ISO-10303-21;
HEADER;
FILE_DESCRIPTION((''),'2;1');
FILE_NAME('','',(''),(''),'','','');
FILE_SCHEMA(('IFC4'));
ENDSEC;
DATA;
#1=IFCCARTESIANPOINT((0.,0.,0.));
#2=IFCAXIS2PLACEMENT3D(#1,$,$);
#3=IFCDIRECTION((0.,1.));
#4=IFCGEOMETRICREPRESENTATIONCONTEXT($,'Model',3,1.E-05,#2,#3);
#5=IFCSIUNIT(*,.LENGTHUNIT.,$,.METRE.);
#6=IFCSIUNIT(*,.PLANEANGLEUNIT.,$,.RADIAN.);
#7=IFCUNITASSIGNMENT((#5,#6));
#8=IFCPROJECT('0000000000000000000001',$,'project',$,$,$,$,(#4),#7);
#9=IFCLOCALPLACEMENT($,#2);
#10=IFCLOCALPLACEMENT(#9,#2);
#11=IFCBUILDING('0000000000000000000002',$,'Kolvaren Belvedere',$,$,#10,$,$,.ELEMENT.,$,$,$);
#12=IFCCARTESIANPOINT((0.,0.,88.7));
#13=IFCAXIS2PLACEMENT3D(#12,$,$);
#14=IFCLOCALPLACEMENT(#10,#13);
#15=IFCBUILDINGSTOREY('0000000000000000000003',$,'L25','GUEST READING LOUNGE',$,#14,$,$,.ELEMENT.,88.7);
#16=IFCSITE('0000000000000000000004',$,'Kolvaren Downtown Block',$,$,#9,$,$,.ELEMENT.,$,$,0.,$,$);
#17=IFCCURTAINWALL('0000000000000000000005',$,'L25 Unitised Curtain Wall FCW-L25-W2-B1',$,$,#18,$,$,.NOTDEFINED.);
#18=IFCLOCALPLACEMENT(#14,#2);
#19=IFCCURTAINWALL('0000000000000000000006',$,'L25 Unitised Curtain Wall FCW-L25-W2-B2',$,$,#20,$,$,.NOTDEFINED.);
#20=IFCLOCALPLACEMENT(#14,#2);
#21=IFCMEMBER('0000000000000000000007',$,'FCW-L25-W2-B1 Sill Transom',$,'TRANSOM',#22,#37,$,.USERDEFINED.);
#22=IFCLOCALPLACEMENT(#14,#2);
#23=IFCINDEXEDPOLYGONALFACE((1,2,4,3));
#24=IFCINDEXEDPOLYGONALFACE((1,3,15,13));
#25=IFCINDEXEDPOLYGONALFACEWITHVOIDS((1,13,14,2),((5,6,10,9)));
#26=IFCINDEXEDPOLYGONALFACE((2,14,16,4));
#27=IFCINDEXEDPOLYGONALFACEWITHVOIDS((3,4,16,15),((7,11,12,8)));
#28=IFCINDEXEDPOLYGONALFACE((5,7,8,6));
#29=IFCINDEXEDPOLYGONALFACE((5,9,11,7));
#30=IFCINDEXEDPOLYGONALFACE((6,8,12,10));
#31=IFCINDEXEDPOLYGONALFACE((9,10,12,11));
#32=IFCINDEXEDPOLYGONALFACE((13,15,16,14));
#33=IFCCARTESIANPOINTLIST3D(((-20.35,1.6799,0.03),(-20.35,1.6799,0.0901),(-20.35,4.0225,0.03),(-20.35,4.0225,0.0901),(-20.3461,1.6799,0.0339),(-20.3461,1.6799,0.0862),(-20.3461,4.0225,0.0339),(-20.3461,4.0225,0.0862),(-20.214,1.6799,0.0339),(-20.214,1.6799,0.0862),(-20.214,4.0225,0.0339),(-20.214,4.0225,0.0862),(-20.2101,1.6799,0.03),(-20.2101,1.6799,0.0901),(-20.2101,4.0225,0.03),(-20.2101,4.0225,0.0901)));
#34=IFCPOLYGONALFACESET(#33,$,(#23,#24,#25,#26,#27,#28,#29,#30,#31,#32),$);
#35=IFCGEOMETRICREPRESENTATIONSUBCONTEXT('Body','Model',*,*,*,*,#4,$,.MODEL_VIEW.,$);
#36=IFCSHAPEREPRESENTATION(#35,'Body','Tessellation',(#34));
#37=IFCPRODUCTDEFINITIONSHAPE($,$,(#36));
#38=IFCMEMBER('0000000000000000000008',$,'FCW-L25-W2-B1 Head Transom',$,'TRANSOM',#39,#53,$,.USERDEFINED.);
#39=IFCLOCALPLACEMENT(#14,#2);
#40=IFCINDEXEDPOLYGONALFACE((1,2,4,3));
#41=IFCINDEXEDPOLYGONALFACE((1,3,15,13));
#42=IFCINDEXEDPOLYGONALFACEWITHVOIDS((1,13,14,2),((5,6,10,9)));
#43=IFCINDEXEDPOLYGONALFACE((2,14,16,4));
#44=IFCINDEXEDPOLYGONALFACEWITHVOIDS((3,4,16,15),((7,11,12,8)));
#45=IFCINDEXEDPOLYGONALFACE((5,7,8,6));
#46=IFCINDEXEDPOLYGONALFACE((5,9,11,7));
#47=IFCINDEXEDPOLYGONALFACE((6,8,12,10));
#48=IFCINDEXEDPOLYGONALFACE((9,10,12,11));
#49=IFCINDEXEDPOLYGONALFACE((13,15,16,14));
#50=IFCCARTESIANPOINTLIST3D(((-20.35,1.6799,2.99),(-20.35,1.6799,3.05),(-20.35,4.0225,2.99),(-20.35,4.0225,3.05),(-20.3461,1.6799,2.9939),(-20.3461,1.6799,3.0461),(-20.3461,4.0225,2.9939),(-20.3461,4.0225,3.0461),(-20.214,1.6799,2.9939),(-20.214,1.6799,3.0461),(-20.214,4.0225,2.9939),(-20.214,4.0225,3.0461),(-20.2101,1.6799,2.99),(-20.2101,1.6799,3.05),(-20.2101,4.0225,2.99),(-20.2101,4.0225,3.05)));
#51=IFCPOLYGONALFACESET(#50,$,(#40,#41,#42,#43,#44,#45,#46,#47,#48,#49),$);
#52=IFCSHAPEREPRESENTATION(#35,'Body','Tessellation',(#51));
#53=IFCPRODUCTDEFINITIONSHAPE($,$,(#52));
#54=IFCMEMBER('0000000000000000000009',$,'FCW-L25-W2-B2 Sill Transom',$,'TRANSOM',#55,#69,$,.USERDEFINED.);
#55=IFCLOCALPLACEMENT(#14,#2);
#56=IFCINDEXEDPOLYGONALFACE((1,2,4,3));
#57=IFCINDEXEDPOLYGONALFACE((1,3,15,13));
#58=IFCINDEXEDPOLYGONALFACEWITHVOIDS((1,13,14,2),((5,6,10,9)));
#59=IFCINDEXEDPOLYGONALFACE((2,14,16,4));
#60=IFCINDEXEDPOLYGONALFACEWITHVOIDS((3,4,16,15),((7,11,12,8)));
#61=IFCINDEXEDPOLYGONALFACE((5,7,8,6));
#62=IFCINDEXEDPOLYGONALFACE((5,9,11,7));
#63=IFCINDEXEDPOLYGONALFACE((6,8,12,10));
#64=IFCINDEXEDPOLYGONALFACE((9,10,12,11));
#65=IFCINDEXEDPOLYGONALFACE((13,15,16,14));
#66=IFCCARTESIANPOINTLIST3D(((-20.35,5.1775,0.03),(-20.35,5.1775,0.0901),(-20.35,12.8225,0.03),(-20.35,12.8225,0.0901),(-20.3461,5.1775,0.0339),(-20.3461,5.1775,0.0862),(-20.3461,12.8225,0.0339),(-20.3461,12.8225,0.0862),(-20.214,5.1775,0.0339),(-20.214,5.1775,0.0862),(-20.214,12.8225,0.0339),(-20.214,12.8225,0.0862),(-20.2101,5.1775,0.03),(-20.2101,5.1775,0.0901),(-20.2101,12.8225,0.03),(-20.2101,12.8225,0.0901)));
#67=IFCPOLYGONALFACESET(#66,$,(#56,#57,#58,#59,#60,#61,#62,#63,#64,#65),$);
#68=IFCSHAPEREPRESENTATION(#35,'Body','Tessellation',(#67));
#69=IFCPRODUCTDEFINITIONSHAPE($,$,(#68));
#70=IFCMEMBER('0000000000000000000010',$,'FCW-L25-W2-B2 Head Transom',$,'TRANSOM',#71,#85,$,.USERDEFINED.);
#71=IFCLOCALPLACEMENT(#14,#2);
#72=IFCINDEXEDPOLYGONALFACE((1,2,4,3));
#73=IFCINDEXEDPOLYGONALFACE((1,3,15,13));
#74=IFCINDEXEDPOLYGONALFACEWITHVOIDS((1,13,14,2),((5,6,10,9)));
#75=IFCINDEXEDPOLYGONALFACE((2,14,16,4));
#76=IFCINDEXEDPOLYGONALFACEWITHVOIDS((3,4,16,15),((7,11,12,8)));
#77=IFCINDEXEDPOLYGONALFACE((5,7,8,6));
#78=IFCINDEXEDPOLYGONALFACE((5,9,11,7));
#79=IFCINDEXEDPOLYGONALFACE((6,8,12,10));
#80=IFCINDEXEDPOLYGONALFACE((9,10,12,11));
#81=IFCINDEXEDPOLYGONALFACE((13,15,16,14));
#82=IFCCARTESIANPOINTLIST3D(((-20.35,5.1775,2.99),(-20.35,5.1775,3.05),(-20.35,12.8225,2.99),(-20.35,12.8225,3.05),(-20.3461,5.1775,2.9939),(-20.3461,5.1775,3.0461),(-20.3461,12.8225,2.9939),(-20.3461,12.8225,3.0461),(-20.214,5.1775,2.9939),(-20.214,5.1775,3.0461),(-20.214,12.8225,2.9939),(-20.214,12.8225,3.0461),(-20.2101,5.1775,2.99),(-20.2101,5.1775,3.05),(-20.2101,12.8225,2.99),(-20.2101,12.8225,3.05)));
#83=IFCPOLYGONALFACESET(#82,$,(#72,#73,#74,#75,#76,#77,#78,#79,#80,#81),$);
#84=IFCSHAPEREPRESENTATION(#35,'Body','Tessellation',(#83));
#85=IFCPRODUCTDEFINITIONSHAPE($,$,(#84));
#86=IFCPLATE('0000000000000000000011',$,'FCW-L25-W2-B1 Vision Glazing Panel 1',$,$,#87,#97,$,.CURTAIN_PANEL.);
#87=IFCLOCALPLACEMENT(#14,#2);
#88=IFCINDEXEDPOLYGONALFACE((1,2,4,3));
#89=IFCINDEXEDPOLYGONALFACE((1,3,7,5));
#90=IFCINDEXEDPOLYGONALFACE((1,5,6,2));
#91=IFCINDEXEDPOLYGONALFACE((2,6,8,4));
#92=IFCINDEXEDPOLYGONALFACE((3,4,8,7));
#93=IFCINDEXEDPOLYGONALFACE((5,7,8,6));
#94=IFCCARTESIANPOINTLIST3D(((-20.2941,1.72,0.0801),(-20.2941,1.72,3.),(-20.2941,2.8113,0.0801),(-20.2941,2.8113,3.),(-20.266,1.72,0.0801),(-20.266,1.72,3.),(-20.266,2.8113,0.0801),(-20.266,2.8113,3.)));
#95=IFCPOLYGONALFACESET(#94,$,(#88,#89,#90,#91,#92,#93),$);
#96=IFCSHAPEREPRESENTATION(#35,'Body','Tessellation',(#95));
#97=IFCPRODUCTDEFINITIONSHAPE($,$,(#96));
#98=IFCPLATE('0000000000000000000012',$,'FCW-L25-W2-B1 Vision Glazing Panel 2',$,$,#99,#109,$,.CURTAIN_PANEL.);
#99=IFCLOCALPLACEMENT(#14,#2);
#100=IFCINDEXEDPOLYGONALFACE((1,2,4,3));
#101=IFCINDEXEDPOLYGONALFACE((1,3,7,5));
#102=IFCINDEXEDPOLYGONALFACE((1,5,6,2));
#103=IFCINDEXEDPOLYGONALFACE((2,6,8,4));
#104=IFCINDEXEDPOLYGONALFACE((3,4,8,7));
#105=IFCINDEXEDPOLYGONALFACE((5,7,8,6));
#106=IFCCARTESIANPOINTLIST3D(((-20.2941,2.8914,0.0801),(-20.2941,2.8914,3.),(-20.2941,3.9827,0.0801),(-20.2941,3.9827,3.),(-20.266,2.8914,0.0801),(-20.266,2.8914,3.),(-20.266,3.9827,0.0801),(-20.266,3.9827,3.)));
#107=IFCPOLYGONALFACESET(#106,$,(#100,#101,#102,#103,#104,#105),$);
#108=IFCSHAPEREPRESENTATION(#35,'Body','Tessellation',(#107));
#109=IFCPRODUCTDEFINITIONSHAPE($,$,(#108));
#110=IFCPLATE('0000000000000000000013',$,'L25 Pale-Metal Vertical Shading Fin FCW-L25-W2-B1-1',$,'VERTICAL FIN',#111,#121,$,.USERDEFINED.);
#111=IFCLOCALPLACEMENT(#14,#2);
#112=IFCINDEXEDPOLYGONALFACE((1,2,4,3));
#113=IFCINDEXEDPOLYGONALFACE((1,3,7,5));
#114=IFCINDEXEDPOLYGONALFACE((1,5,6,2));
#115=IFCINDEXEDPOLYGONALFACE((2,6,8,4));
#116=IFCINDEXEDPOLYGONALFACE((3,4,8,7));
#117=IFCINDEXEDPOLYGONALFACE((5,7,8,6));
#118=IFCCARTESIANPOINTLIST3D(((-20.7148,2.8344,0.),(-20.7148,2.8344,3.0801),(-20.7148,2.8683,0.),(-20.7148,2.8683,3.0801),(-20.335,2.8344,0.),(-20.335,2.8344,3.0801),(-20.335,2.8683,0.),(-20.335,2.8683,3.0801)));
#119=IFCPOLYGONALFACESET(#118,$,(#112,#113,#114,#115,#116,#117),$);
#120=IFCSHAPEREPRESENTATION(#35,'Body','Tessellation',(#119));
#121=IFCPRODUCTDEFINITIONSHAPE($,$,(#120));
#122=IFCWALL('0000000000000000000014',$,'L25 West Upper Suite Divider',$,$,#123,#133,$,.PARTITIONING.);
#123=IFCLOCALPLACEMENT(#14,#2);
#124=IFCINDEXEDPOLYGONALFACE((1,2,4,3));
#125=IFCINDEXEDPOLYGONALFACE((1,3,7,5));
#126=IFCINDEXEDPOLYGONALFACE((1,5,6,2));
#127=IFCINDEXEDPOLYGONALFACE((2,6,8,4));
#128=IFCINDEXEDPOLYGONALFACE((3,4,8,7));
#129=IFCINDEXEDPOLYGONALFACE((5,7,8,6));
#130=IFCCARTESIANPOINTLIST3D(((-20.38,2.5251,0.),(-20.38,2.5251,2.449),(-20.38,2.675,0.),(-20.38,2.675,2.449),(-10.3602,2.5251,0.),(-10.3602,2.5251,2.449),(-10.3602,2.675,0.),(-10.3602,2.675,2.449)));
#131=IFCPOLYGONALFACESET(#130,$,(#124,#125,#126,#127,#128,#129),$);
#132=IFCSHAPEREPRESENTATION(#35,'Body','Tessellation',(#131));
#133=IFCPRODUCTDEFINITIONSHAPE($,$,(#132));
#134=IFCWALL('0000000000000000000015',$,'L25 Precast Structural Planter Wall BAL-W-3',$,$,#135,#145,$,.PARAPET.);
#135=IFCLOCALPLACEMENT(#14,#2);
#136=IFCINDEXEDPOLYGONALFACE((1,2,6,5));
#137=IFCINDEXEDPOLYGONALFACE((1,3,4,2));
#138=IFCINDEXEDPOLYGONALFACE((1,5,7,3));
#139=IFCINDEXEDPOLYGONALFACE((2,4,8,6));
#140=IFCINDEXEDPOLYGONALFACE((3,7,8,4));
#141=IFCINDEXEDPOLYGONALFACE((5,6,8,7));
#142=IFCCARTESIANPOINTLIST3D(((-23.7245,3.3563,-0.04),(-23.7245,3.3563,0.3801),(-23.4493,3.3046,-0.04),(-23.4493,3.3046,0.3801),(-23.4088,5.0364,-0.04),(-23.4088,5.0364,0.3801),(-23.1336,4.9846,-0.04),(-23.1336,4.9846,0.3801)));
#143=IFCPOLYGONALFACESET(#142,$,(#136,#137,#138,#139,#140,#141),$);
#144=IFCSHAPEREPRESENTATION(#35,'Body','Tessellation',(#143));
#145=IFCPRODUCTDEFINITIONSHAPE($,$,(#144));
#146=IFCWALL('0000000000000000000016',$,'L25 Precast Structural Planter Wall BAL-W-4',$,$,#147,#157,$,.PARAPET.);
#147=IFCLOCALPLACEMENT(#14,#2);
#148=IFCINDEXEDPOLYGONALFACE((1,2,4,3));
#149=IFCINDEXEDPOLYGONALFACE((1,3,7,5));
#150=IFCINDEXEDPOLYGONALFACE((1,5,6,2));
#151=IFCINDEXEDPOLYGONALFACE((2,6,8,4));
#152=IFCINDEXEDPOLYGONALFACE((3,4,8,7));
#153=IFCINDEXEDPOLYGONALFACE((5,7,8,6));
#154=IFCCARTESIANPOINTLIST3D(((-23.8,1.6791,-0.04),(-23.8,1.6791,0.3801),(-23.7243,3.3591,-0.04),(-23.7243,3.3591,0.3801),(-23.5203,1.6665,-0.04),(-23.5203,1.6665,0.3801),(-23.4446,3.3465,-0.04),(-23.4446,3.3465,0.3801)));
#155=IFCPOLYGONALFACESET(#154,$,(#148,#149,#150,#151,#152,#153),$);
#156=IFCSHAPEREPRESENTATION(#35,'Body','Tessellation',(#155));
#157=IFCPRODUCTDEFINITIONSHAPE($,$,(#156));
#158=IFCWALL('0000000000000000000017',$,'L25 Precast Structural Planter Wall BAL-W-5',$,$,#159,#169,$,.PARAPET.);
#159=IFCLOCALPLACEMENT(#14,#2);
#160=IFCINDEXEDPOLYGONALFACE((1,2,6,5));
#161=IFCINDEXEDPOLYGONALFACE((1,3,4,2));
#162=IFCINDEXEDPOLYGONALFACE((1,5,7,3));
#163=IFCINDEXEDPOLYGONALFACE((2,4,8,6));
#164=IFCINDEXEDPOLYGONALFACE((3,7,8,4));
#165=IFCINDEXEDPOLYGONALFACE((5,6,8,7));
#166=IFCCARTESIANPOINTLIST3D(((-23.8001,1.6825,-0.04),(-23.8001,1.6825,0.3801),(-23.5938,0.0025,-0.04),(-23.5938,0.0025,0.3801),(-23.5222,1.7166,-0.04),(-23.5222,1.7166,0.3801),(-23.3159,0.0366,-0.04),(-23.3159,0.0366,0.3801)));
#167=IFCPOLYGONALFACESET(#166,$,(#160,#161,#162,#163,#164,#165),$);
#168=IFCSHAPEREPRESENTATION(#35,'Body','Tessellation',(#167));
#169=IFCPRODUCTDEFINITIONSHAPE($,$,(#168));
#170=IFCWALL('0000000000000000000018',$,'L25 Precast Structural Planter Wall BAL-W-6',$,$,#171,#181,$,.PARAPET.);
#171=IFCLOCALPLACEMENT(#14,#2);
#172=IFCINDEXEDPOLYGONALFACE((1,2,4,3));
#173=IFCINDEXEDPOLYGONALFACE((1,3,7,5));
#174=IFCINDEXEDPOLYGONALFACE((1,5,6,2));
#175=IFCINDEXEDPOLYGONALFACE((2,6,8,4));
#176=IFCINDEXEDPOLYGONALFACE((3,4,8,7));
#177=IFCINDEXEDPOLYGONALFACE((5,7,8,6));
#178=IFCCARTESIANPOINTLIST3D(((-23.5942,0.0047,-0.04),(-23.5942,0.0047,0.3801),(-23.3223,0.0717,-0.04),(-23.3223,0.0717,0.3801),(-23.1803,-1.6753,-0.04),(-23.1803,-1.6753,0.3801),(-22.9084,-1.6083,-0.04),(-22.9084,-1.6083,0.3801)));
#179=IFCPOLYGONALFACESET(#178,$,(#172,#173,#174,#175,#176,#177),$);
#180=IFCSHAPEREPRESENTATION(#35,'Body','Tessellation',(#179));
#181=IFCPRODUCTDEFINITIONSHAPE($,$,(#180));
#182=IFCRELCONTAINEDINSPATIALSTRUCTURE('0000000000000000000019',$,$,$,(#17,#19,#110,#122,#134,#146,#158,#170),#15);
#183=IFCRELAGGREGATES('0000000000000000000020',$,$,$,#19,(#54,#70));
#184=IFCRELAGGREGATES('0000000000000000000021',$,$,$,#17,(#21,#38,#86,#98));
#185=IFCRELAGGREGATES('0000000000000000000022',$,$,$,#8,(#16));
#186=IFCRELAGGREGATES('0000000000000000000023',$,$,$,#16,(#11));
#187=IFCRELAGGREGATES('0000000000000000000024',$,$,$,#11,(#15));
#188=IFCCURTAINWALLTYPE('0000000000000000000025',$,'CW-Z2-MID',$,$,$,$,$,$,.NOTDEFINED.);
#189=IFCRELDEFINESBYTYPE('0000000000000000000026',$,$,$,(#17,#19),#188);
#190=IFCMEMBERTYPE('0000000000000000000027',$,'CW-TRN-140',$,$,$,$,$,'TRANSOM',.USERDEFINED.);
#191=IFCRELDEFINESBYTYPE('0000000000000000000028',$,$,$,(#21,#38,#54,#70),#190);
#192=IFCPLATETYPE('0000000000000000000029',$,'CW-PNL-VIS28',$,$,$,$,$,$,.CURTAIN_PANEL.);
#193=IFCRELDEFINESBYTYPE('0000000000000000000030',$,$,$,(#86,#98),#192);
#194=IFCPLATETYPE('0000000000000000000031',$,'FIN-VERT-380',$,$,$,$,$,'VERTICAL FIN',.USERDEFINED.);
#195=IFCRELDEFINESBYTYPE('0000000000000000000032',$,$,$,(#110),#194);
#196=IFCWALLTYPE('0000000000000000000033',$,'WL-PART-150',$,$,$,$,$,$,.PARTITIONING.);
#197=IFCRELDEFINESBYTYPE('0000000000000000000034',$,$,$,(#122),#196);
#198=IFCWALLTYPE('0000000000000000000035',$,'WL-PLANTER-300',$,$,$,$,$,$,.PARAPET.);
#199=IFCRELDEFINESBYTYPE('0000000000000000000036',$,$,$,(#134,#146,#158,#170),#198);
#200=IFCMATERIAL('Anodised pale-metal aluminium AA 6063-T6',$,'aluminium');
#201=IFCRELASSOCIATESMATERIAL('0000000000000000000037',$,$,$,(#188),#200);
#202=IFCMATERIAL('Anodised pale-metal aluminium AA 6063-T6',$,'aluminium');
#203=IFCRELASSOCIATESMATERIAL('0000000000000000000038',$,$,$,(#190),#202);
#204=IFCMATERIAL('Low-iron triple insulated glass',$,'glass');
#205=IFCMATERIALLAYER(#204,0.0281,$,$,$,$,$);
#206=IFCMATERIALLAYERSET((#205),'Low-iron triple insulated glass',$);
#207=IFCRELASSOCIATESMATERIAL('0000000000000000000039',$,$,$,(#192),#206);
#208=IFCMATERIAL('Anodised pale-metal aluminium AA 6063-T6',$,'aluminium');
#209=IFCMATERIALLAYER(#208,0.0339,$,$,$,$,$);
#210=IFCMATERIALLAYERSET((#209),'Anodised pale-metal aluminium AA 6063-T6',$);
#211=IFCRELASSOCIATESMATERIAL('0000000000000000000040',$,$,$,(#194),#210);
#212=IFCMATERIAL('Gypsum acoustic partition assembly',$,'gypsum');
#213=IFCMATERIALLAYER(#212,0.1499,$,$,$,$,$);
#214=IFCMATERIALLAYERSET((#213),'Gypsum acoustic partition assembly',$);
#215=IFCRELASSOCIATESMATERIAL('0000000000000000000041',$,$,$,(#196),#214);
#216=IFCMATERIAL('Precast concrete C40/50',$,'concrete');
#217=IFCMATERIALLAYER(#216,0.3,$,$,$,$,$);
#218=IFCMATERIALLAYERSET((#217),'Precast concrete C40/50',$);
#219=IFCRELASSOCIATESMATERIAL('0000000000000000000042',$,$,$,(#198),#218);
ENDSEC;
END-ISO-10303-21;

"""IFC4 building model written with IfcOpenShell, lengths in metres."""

from ifc_helpers import new_model, si_unit, direction, frame, frame_2d, origin, origin_2d, place, context, subcontext, project, spatial, rectangle, hollow_rectangle, extrude, material, layer, layer_set, material_profile, profile_set, type_object, element, aggregate, save


model = new_model("IFC4")

# Units and contexts
model_context = context("Model", 3, precision=1e-05, world=origin(), true_north=direction((0.0, 1.0)))
body_context = subcontext(model_context, "Body", "Model", "MODEL_VIEW")
ifc_project = project(units=[si_unit("LENGTHUNIT", "METRE"), si_unit("PLANEANGLEUNIT", "RADIAN")], contexts=[model_context])

# Site, building, storey
site_placement = place(None, origin())
site = spatial("IfcSite", under=ifc_project, at=site_placement, Name="Kolvaren Downtown Block", CompositionType="ELEMENT", RefElevation=0.0)
building_placement = place(site_placement, origin())
building = spatial("IfcBuilding", under=site, at=building_placement, Name="Kolvaren Belvedere", CompositionType="ELEMENT")
storey_placement = place(building_placement, frame((0.0, 0.0, 88.7)))
storey = spatial("IfcBuildingStorey", under=building, at=storey_placement, Name="L25", Description="GUEST READING LOUNGE", CompositionType="ELEMENT", Elevation=88.7)

# Curtain wall
ifc_material_1 = material(Name="Anodised pale-metal aluminium AA 6063-T6", Category="aluminium")
curtain_wall_type = type_object("IfcCurtainWallType", Name="CW-Z2-MID", PredefinedType="NOTDEFINED", material=ifc_material_1)
curtain_wall_1_placement = place(storey_placement, origin())
curtain_wall_1 = element("IfcCurtainWall", 1, at=curtain_wall_1_placement, inside=storey, type_object=curtain_wall_type, Name="L25 Unitised Curtain Wall FCW-L25-W2-B1", PredefinedType="NOTDEFINED")

# Curtain wall
curtain_wall_2_placement = place(storey_placement, origin())
curtain_wall_2 = element("IfcCurtainWall", 2, at=curtain_wall_2_placement, inside=storey, type_object=curtain_wall_type, Name="L25 Unitised Curtain Wall FCW-L25-W2-B2", PredefinedType="NOTDEFINED")

# Members
ifc_material_2 = material(Name="Anodised pale-metal aluminium AA 6063-T6", Category="aluminium")
ifc_material_profile_1 = material_profile(ifc_material_2, hollow_rectangle(XDim=0.0601, YDim=0.1399, WallThickness=0.0039, at=origin_2d()), Name="ALU-TRN-140X60")
ifc_profile_set_1 = profile_set([ifc_material_profile_1], Name="Anodised pale-metal aluminium AA 6063-T6")
member_type_1 = type_object("IfcMemberType", Name="CW-TRN-140", ElementType="TRANSOM", PredefinedType="USERDEFINED", material=ifc_profile_set_1)
member_1_placement = place(storey_placement, frame((-20.28, 1.6799, 0.0601), z_axis=(0.0, 1.0, 0.0), x_axis=(0.0, 0.0, 1.0)))
member_1 = element("IfcMember", 3, at=member_1_placement, type_object=member_type_1, Name="FCW-L25-W2-B1 Sill Transom", ObjectType="TRANSOM", PredefinedType="USERDEFINED", context=body_context, shape_type="SweptSolid", body=[
    extrude(hollow_rectangle(XDim=0.0601, YDim=0.1399, WallThickness=0.0039, at=origin_2d()), origin(), (0.0, 0.0, 1.0), 2.3425),
])
member_2_placement = place(storey_placement, frame((-20.28, 1.6799, 3.02), z_axis=(0.0, 1.0, 0.0), x_axis=(0.0, 0.0, 1.0)))
member_2 = element("IfcMember", 4, at=member_2_placement, type_object=member_type_1, Name="FCW-L25-W2-B1 Head Transom", ObjectType="TRANSOM", PredefinedType="USERDEFINED", context=body_context, shape_type="SweptSolid", body=[
    extrude(hollow_rectangle(XDim=0.0601, YDim=0.1399, WallThickness=0.0039, at=origin_2d()), origin(), (0.0, 0.0, 1.0), 2.3425),
])
member_3_placement = place(storey_placement, frame((-20.28, 5.1775, 0.0601), z_axis=(0.0, 1.0, 0.0), x_axis=(0.0, 0.0, 1.0)))
member_3 = element("IfcMember", 5, at=member_3_placement, type_object=member_type_1, Name="FCW-L25-W2-B2 Sill Transom", ObjectType="TRANSOM", PredefinedType="USERDEFINED", context=body_context, shape_type="SweptSolid", body=[
    extrude(hollow_rectangle(XDim=0.0601, YDim=0.1399, WallThickness=0.0039, at=origin_2d()), origin(), (0.0, 0.0, 1.0), 7.645),
])
member_4_placement = place(storey_placement, frame((-20.28, 5.1775, 3.02), z_axis=(0.0, 1.0, 0.0), x_axis=(0.0, 0.0, 1.0)))
member_4 = element("IfcMember", 6, at=member_4_placement, type_object=member_type_1, Name="FCW-L25-W2-B2 Head Transom", ObjectType="TRANSOM", PredefinedType="USERDEFINED", context=body_context, shape_type="SweptSolid", body=[
    extrude(hollow_rectangle(XDim=0.0601, YDim=0.1399, WallThickness=0.0039, at=origin_2d()), origin(), (0.0, 0.0, 1.0), 7.645),
])
aggregate(curtain_wall_2, [member_3, member_4])

# Plates
ifc_material_3 = material(Name="Low-iron triple insulated glass", Category="glass")
ifc_layer_1 = layer(ifc_material_3, 0.0281)
ifc_layer_set_1 = layer_set([ifc_layer_1], Name="Low-iron triple insulated glass")
plate_type_1 = type_object("IfcPlateType", Name="CW-PNL-VIS28", PredefinedType="CURTAIN_PANEL", material=ifc_layer_set_1)
plate_1_placement = place(storey_placement, frame((-20.28, 2.2656, 0.0801), z_axis=(0.0, 0.0, 1.0), x_axis=(0.0, 1.0, 0.0)))
plate_1 = element("IfcPlate", 7, at=plate_1_placement, type_object=plate_type_1, Name="FCW-L25-W2-B1 Vision Glazing Panel 1", PredefinedType="CURTAIN_PANEL", context=body_context, shape_type="SweptSolid", body=[
    extrude(rectangle(XDim=1.0913, YDim=0.0281, at=origin_2d()), origin(), (0.0, 0.0, 1.0), 2.9199),
])
plate_2_placement = place(storey_placement, frame((-20.28, 3.437, 0.0801), z_axis=(0.0, 0.0, 1.0), x_axis=(0.0, 1.0, 0.0)))
plate_2 = element("IfcPlate", 8, at=plate_2_placement, type_object=plate_type_1, Name="FCW-L25-W2-B1 Vision Glazing Panel 2", PredefinedType="CURTAIN_PANEL", context=body_context, shape_type="SweptSolid", body=[
    extrude(rectangle(XDim=1.0913, YDim=0.0281, at=origin_2d()), origin(), (0.0, 0.0, 1.0), 2.9199),
])
aggregate(curtain_wall_1, [member_1, member_2, plate_1, plate_2])
ifc_material_4 = material(Name="Anodised pale-metal aluminium AA 6063-T6", Category="aluminium")
ifc_layer_2 = layer(ifc_material_4, 0.0339)
ifc_layer_set_2 = layer_set([ifc_layer_2], Name="Anodised pale-metal aluminium AA 6063-T6")
plate_type_2 = type_object("IfcPlateType", Name="FIN-VERT-380", ElementType="VERTICAL FIN", PredefinedType="USERDEFINED", material=ifc_layer_set_2)
plate_3_placement = place(storey_placement, frame((-20.5249, 2.8513, 0.0), z_axis=(0.0, 0.0, 1.0), x_axis=(1.0, 0.0, 0.0)))
element("IfcPlate", 9, at=plate_3_placement, inside=storey, type_object=plate_type_2, Name="L25 Pale-Metal Vertical Shading Fin FCW-L25-W2-B1-1", ObjectType="VERTICAL FIN", PredefinedType="USERDEFINED", context=body_context, shape_type="SweptSolid", body=[
    extrude(rectangle(XDim=0.3799, YDim=0.0339, at=origin_2d()), origin(), (0.0, 0.0, 1.0), 3.0801),
])

# Walls
ifc_material_5 = material(Name="Gypsum acoustic partition assembly", Category="gypsum")
ifc_layer_3 = layer(ifc_material_5, 0.1499)
ifc_layer_set_3 = layer_set([ifc_layer_3], Name="Gypsum acoustic partition assembly")
wall_type_1 = type_object("IfcWallType", Name="WL-PART-150", PredefinedType="PARTITIONING", material=ifc_layer_set_3)
wall_1_placement = place(storey_placement, frame((-20.3799, 2.6001, 0.0), z_axis=(0.0, 0.0, 1.0), x_axis=(1.0, 0.0, 0.0)))
element("IfcWall", 10, at=wall_1_placement, inside=storey, type_object=wall_type_1, Name="L25 West Upper Suite Divider", PredefinedType="PARTITIONING", context=body_context, shape_type="SweptSolid", body=[
    extrude(rectangle(XDim=10.0198, YDim=0.1499, at=frame_2d((5.0098, 0.0))), origin(), (0.0, 0.0, 1.0), 2.449),
])
ifc_material_6 = material(Name="Precast concrete C40/50", Category="concrete")
ifc_layer_4 = layer(ifc_material_6, 0.3)
ifc_layer_set_4 = layer_set([ifc_layer_4], Name="Precast concrete C40/50")
wall_type_2 = type_object("IfcWallType", Name="WL-PLANTER-300", PredefinedType="PARAPET", material=ifc_layer_set_4)
wall_2_placement = place(storey_placement, frame((-23.2712, 5.0105, -0.04), z_axis=(0.0, 0.0, 1.0), x_axis=(-0.184651, -0.982804, 0.0)))
element("IfcWall", 11, at=wall_2_placement, inside=storey, type_object=wall_type_2, Name="L25 Precast Structural Planter Wall BAL-W-3", PredefinedType="PARAPET", context=body_context, shape_type="SweptSolid", body=[
    extrude(rectangle(XDim=1.7095, YDim=0.28, at=frame_2d((0.8547, 0.0))), origin(), (0.0, 0.0, 1.0), 0.4202),
])
wall_3_placement = place(storey_placement, frame((-23.5845, 3.3528, -0.04), z_axis=(0.0, 0.0, 1.0), x_axis=(-0.045006, -0.998987, 0.0)))
element("IfcWall", 12, at=wall_3_placement, inside=storey, type_object=wall_type_2, Name="L25 Precast Structural Planter Wall BAL-W-4", PredefinedType="PARAPET", context=body_context, shape_type="SweptSolid", body=[
    extrude(rectangle(XDim=1.6816, YDim=0.28, at=frame_2d((0.8408, 0.0))), origin(), (0.0, 0.0, 1.0), 0.4202),
])
wall_4_placement = place(storey_placement, frame((-23.6611, 1.6995, -0.04), z_axis=(0.0, 0.0, 1.0), x_axis=(0.121886, -0.992544, 0.0)))
element("IfcWall", 13, at=wall_4_placement, inside=storey, type_object=wall_type_2, Name="L25 Precast Structural Planter Wall BAL-W-5", PredefinedType="PARAPET", context=body_context, shape_type="SweptSolid", body=[
    extrude(rectangle(XDim=1.6926, YDim=0.28, at=frame_2d((0.8462, 0.0))), origin(), (0.0, 0.0, 1.0), 0.4202),
])
wall_5_placement = place(storey_placement, frame((-23.4583, 0.0383, -0.04), z_axis=(0.0, 0.0, 1.0), x_axis=(0.239181, -0.970975, 0.0)))
element("IfcWall", 14, at=wall_5_placement, inside=storey, type_object=wall_type_2, Name="L25 Precast Structural Planter Wall BAL-W-6", PredefinedType="PARAPET", context=body_context, shape_type="SweptSolid", body=[
    extrude(rectangle(XDim=1.7302, YDim=0.28, at=frame_2d((0.8652, 0.0))), origin(), (0.0, 0.0, 1.0), 0.4202),
])

save(model, "model.ifc")
